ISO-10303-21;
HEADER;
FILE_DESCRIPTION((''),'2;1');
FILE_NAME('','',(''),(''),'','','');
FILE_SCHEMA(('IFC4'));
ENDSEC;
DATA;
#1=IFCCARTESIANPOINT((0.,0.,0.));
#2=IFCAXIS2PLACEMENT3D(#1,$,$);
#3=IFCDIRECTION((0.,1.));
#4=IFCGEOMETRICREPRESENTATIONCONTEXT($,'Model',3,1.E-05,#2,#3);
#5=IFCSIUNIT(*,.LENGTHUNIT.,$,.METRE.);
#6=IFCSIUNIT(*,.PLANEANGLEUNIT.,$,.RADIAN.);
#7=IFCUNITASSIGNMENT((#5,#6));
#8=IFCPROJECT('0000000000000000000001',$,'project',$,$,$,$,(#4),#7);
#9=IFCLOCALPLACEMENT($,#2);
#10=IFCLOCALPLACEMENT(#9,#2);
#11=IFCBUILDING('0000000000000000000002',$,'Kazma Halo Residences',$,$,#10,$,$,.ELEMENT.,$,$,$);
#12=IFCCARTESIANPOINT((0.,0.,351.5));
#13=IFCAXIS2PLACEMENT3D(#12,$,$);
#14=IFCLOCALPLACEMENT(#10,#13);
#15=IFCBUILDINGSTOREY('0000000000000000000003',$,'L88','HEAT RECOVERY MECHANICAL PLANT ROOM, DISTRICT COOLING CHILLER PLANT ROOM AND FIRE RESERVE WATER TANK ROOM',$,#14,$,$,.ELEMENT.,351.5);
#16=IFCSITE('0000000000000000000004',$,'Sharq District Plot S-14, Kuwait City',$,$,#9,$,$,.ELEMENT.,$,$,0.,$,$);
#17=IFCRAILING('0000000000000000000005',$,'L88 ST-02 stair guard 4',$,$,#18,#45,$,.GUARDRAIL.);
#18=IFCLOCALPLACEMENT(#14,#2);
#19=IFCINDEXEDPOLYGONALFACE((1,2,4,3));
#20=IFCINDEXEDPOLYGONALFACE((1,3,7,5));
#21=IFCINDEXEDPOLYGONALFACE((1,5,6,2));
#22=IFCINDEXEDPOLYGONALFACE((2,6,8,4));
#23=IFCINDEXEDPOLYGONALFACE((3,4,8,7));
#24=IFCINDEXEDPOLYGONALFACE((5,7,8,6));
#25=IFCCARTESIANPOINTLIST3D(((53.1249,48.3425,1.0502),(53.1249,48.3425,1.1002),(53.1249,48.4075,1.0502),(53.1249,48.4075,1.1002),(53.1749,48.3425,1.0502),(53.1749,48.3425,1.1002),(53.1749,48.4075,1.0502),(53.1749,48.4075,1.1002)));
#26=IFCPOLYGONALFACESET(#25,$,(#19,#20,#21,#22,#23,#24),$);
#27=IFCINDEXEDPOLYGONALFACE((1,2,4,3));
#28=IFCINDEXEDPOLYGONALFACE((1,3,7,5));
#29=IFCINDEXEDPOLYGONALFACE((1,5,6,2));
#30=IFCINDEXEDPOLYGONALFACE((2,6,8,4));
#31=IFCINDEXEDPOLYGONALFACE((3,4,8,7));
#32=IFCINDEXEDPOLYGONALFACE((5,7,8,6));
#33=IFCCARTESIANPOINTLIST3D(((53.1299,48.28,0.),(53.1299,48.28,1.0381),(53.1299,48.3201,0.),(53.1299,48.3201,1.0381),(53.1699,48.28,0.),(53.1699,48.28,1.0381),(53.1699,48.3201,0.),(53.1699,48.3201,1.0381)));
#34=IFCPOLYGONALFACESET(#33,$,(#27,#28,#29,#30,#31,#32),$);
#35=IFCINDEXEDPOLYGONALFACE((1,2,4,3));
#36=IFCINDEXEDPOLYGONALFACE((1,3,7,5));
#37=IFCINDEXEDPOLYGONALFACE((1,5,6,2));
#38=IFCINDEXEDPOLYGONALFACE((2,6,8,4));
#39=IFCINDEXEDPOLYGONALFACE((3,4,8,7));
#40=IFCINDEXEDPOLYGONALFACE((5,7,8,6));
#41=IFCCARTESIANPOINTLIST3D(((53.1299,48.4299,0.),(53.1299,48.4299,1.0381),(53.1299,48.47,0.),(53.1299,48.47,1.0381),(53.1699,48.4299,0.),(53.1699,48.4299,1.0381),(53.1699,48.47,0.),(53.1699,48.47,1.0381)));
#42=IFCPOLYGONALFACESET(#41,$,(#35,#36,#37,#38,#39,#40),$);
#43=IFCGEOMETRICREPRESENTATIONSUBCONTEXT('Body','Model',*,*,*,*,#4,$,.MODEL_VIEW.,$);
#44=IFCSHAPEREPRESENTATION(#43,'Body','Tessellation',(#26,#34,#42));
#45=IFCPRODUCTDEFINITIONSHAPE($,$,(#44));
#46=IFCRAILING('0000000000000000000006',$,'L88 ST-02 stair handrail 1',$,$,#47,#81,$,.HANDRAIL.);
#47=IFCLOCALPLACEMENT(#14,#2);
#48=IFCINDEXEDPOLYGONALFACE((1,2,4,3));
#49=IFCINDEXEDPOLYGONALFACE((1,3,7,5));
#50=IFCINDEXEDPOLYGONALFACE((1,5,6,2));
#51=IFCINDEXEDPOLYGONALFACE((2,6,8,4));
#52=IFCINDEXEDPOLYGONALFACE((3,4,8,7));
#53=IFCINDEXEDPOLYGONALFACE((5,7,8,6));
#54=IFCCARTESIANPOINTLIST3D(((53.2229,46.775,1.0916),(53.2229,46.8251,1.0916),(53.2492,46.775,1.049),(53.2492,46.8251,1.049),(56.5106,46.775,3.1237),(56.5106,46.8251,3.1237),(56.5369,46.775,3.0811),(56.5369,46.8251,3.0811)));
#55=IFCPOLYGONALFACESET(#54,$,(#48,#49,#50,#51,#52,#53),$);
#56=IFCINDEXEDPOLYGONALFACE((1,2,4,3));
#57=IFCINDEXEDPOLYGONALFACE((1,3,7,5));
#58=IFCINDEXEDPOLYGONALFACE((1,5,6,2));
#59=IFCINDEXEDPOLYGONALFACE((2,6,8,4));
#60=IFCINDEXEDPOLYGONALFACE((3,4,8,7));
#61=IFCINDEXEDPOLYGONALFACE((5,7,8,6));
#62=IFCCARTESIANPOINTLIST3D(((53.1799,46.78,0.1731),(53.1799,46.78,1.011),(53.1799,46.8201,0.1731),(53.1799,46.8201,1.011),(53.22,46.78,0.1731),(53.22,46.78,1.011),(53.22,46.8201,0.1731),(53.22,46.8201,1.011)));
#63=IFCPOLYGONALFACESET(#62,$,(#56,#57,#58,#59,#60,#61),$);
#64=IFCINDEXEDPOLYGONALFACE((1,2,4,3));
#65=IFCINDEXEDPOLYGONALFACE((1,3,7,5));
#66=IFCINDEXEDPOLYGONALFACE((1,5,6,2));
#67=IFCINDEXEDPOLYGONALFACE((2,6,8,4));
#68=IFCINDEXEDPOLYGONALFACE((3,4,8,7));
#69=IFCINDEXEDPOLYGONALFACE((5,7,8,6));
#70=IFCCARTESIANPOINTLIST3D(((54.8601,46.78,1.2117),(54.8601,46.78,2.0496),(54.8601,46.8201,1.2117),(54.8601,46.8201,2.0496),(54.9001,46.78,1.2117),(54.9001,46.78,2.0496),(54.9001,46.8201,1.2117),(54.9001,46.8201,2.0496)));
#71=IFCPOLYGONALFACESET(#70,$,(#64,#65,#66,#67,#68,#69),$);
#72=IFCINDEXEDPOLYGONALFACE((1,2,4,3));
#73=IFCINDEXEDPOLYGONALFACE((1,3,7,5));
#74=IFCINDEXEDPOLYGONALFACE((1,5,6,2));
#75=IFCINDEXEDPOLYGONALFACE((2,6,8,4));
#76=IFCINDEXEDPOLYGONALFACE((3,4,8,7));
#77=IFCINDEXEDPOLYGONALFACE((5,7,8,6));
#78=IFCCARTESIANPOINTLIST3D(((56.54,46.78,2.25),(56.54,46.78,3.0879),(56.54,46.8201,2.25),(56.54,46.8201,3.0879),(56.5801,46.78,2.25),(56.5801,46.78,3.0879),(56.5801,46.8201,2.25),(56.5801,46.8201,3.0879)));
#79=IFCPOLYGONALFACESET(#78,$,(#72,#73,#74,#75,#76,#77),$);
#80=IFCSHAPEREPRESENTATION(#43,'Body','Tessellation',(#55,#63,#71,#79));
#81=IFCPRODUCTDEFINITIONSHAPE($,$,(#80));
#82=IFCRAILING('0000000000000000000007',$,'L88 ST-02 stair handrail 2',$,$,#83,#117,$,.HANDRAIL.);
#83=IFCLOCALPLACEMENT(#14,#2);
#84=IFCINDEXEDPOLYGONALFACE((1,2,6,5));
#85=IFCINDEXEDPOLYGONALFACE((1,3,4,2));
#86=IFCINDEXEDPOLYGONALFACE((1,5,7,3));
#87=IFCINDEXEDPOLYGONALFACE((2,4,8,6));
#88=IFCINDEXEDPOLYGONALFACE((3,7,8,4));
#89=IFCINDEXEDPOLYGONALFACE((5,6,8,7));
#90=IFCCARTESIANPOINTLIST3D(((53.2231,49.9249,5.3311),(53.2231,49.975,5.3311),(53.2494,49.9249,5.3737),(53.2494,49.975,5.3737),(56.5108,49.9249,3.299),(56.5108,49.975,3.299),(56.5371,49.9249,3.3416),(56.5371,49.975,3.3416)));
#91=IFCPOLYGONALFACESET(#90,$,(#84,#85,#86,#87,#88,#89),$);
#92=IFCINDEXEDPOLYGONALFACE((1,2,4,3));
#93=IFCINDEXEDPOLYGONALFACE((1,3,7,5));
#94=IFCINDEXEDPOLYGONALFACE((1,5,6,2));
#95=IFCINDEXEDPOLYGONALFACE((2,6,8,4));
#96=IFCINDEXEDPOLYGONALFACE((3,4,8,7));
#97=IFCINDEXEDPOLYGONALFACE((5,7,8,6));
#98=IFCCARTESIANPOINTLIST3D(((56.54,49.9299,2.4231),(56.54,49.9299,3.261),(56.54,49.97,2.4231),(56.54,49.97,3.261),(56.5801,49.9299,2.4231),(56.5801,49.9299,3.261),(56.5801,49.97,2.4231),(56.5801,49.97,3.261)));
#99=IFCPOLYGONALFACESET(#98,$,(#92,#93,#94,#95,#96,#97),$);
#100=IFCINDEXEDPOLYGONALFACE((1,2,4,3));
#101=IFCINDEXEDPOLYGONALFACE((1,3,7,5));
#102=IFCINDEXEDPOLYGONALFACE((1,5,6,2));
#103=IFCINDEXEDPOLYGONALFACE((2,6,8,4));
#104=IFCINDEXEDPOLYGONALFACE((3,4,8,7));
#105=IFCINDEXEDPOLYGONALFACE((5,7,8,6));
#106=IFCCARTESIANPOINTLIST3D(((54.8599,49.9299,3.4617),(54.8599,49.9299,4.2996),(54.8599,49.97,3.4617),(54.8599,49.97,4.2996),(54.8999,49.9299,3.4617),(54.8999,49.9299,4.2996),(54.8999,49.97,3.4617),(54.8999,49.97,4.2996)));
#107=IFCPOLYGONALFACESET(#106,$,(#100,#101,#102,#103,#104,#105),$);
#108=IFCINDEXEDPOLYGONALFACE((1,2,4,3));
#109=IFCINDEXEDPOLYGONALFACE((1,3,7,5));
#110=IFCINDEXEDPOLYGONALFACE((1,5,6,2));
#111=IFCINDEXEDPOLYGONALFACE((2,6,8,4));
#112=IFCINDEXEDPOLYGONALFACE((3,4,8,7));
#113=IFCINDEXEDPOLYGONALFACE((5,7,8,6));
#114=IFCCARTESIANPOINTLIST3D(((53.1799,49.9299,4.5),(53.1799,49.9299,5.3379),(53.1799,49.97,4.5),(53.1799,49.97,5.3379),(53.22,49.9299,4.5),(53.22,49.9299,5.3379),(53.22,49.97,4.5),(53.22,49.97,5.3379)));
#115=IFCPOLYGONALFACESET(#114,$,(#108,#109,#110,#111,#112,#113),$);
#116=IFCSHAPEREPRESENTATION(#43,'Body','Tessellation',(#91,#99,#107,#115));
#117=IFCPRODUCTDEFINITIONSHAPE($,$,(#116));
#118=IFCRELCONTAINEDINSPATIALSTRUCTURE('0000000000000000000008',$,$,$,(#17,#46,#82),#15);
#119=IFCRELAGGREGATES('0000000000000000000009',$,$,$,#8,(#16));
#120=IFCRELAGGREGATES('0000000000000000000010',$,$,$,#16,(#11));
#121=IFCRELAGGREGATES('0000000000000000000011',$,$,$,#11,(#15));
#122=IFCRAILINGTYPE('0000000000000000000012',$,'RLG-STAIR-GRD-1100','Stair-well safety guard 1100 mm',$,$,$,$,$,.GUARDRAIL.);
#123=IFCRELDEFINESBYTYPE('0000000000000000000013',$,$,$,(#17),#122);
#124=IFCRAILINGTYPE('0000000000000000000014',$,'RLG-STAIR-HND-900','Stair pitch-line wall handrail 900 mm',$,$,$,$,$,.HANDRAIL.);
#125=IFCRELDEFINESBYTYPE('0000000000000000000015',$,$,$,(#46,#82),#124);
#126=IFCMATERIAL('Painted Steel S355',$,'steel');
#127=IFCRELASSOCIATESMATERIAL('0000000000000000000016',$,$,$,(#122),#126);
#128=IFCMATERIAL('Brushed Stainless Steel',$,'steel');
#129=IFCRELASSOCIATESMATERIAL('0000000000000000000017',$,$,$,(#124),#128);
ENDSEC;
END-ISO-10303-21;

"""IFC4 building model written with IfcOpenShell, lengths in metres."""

from ifc_helpers import new_model, si_unit, direction, frame, origin, origin_2d, place, context, subcontext, project, spatial, rectangle, extrude, material, type_object, element, save


model = new_model("IFC4")

# Units and contexts
model_context = context("Model", 3, precision=1e-05, world=origin(), true_north=direction((0.0, 1.0)))
body_context = subcontext(model_context, "Body", "Model", "MODEL_VIEW")
ifc_project = project(units=[si_unit("LENGTHUNIT", "METRE"), si_unit("PLANEANGLEUNIT", "RADIAN")], contexts=[model_context])

# Site, building, storey
site_placement = place(None, origin())
site = spatial("IfcSite", under=ifc_project, at=site_placement, Name="Sharq District Plot S-14, Kuwait City", CompositionType="ELEMENT", RefElevation=0.0)
building_placement = place(site_placement, origin())
building = spatial("IfcBuilding", under=site, at=building_placement, Name="Kazma Halo Residences", CompositionType="ELEMENT")
storey_placement = place(building_placement, frame((0.0, 0.0, 351.5)))
storey = spatial("IfcBuildingStorey", under=building, at=storey_placement, Name="L88", Description="HEAT RECOVERY MECHANICAL PLANT ROOM, DISTRICT COOLING CHILLER PLANT ROOM AND FIRE RESERVE WATER TANK ROOM", CompositionType="ELEMENT", Elevation=351.5)

# Railings
ifc_material_1 = material(Name="Painted Steel S355", Category="steel")
railing_type_1 = type_object("IfcRailingType", Name="RLG-STAIR-GRD-1100", Description="Stair-well safety guard 1100 mm", PredefinedType="GUARDRAIL", material=ifc_material_1)
railing_1_placement = place(storey_placement, frame((53.1499, 48.3, 0.0)))
element("IfcRailing", 1, at=railing_1_placement, inside=storey, type_object=railing_type_1, Name="L88 ST-02 stair guard 4", PredefinedType="GUARDRAIL", context=body_context, shape_type="SweptSolid", body=[
    extrude(rectangle(XDim=0.05, YDim=0.05, at=origin_2d()), frame((0.0, 0.0425, 1.0752), z_axis=(0.0, 1.0, 0.0), x_axis=(-1.0, 0.0, 0.0)), (0.0, 0.0, 1.0), 0.0649),
    extrude(rectangle(XDim=0.04, YDim=0.04, at=origin_2d()), origin(), (0.0, 0.0, 1.0), 1.0381),
    extrude(rectangle(XDim=0.04, YDim=0.04, at=origin_2d()), frame((0.0, 0.1499, 0.0)), (0.0, 0.0, 1.0), 1.0381),
])
ifc_material_2 = material(Name="Brushed Stainless Steel", Category="steel")
railing_type_2 = type_object("IfcRailingType", Name="RLG-STAIR-HND-900", Description="Stair pitch-line wall handrail 900 mm", PredefinedType="HANDRAIL", material=ifc_material_2)
railing_2_placement = place(storey_placement, frame((53.2, 46.8, 0.1731)))
element("IfcRailing", 2, at=railing_2_placement, inside=storey, type_object=railing_type_2, Name="L88 ST-02 stair handrail 1", PredefinedType="HANDRAIL", context=body_context, shape_type="SweptSolid", body=[
    extrude(rectangle(XDim=0.05, YDim=0.05, at=origin_2d()), frame((0.0361, 0.0, 0.8972), z_axis=(0.850623, 0.0, 0.525776), x_axis=(0.0, 1.0, 0.0)), (0.0, 0.0, 1.0), 3.865),
    extrude(rectangle(XDim=0.04, YDim=0.04, at=origin_2d()), origin(), (0.0, 0.0, 1.0), 0.8379),
    extrude(rectangle(XDim=0.04, YDim=0.04, at=origin_2d()), frame((1.6802, 0.0, 1.0386)), (0.0, 0.0, 1.0), 0.8379),
    extrude(rectangle(XDim=0.04, YDim=0.04, at=origin_2d()), frame((3.3601, 0.0, 2.0769)), (0.0, 0.0, 1.0), 0.8379),
])
railing_3_placement = place(storey_placement, frame((56.5601, 49.95, 2.4231)))
element("IfcRailing", 3, at=railing_3_placement, inside=storey, type_object=railing_type_2, Name="L88 ST-02 stair handrail 2", PredefinedType="HANDRAIL", context=body_context, shape_type="SweptSolid", body=[
    extrude(rectangle(XDim=0.05, YDim=0.05, at=origin_2d()), frame((-0.0361, 0.0, 0.8972), z_axis=(-0.850623, 0.0, 0.525776), x_axis=(0.0, -1.0, 0.0)), (0.0, 0.0, 1.0), 3.865),
    extrude(rectangle(XDim=0.04, YDim=0.04, at=origin_2d()), origin(), (0.0, 0.0, 1.0), 0.8379),
    extrude(rectangle(XDim=0.04, YDim=0.04, at=origin_2d()), frame((-1.6802, 0.0, 1.0386)), (0.0, 0.0, 1.0), 0.8379),
    extrude(rectangle(XDim=0.04, YDim=0.04, at=origin_2d()), frame((-3.3601, 0.0, 2.0769)), (0.0, 0.0, 1.0), 0.8379),
])

save(model, "model.ifc")
